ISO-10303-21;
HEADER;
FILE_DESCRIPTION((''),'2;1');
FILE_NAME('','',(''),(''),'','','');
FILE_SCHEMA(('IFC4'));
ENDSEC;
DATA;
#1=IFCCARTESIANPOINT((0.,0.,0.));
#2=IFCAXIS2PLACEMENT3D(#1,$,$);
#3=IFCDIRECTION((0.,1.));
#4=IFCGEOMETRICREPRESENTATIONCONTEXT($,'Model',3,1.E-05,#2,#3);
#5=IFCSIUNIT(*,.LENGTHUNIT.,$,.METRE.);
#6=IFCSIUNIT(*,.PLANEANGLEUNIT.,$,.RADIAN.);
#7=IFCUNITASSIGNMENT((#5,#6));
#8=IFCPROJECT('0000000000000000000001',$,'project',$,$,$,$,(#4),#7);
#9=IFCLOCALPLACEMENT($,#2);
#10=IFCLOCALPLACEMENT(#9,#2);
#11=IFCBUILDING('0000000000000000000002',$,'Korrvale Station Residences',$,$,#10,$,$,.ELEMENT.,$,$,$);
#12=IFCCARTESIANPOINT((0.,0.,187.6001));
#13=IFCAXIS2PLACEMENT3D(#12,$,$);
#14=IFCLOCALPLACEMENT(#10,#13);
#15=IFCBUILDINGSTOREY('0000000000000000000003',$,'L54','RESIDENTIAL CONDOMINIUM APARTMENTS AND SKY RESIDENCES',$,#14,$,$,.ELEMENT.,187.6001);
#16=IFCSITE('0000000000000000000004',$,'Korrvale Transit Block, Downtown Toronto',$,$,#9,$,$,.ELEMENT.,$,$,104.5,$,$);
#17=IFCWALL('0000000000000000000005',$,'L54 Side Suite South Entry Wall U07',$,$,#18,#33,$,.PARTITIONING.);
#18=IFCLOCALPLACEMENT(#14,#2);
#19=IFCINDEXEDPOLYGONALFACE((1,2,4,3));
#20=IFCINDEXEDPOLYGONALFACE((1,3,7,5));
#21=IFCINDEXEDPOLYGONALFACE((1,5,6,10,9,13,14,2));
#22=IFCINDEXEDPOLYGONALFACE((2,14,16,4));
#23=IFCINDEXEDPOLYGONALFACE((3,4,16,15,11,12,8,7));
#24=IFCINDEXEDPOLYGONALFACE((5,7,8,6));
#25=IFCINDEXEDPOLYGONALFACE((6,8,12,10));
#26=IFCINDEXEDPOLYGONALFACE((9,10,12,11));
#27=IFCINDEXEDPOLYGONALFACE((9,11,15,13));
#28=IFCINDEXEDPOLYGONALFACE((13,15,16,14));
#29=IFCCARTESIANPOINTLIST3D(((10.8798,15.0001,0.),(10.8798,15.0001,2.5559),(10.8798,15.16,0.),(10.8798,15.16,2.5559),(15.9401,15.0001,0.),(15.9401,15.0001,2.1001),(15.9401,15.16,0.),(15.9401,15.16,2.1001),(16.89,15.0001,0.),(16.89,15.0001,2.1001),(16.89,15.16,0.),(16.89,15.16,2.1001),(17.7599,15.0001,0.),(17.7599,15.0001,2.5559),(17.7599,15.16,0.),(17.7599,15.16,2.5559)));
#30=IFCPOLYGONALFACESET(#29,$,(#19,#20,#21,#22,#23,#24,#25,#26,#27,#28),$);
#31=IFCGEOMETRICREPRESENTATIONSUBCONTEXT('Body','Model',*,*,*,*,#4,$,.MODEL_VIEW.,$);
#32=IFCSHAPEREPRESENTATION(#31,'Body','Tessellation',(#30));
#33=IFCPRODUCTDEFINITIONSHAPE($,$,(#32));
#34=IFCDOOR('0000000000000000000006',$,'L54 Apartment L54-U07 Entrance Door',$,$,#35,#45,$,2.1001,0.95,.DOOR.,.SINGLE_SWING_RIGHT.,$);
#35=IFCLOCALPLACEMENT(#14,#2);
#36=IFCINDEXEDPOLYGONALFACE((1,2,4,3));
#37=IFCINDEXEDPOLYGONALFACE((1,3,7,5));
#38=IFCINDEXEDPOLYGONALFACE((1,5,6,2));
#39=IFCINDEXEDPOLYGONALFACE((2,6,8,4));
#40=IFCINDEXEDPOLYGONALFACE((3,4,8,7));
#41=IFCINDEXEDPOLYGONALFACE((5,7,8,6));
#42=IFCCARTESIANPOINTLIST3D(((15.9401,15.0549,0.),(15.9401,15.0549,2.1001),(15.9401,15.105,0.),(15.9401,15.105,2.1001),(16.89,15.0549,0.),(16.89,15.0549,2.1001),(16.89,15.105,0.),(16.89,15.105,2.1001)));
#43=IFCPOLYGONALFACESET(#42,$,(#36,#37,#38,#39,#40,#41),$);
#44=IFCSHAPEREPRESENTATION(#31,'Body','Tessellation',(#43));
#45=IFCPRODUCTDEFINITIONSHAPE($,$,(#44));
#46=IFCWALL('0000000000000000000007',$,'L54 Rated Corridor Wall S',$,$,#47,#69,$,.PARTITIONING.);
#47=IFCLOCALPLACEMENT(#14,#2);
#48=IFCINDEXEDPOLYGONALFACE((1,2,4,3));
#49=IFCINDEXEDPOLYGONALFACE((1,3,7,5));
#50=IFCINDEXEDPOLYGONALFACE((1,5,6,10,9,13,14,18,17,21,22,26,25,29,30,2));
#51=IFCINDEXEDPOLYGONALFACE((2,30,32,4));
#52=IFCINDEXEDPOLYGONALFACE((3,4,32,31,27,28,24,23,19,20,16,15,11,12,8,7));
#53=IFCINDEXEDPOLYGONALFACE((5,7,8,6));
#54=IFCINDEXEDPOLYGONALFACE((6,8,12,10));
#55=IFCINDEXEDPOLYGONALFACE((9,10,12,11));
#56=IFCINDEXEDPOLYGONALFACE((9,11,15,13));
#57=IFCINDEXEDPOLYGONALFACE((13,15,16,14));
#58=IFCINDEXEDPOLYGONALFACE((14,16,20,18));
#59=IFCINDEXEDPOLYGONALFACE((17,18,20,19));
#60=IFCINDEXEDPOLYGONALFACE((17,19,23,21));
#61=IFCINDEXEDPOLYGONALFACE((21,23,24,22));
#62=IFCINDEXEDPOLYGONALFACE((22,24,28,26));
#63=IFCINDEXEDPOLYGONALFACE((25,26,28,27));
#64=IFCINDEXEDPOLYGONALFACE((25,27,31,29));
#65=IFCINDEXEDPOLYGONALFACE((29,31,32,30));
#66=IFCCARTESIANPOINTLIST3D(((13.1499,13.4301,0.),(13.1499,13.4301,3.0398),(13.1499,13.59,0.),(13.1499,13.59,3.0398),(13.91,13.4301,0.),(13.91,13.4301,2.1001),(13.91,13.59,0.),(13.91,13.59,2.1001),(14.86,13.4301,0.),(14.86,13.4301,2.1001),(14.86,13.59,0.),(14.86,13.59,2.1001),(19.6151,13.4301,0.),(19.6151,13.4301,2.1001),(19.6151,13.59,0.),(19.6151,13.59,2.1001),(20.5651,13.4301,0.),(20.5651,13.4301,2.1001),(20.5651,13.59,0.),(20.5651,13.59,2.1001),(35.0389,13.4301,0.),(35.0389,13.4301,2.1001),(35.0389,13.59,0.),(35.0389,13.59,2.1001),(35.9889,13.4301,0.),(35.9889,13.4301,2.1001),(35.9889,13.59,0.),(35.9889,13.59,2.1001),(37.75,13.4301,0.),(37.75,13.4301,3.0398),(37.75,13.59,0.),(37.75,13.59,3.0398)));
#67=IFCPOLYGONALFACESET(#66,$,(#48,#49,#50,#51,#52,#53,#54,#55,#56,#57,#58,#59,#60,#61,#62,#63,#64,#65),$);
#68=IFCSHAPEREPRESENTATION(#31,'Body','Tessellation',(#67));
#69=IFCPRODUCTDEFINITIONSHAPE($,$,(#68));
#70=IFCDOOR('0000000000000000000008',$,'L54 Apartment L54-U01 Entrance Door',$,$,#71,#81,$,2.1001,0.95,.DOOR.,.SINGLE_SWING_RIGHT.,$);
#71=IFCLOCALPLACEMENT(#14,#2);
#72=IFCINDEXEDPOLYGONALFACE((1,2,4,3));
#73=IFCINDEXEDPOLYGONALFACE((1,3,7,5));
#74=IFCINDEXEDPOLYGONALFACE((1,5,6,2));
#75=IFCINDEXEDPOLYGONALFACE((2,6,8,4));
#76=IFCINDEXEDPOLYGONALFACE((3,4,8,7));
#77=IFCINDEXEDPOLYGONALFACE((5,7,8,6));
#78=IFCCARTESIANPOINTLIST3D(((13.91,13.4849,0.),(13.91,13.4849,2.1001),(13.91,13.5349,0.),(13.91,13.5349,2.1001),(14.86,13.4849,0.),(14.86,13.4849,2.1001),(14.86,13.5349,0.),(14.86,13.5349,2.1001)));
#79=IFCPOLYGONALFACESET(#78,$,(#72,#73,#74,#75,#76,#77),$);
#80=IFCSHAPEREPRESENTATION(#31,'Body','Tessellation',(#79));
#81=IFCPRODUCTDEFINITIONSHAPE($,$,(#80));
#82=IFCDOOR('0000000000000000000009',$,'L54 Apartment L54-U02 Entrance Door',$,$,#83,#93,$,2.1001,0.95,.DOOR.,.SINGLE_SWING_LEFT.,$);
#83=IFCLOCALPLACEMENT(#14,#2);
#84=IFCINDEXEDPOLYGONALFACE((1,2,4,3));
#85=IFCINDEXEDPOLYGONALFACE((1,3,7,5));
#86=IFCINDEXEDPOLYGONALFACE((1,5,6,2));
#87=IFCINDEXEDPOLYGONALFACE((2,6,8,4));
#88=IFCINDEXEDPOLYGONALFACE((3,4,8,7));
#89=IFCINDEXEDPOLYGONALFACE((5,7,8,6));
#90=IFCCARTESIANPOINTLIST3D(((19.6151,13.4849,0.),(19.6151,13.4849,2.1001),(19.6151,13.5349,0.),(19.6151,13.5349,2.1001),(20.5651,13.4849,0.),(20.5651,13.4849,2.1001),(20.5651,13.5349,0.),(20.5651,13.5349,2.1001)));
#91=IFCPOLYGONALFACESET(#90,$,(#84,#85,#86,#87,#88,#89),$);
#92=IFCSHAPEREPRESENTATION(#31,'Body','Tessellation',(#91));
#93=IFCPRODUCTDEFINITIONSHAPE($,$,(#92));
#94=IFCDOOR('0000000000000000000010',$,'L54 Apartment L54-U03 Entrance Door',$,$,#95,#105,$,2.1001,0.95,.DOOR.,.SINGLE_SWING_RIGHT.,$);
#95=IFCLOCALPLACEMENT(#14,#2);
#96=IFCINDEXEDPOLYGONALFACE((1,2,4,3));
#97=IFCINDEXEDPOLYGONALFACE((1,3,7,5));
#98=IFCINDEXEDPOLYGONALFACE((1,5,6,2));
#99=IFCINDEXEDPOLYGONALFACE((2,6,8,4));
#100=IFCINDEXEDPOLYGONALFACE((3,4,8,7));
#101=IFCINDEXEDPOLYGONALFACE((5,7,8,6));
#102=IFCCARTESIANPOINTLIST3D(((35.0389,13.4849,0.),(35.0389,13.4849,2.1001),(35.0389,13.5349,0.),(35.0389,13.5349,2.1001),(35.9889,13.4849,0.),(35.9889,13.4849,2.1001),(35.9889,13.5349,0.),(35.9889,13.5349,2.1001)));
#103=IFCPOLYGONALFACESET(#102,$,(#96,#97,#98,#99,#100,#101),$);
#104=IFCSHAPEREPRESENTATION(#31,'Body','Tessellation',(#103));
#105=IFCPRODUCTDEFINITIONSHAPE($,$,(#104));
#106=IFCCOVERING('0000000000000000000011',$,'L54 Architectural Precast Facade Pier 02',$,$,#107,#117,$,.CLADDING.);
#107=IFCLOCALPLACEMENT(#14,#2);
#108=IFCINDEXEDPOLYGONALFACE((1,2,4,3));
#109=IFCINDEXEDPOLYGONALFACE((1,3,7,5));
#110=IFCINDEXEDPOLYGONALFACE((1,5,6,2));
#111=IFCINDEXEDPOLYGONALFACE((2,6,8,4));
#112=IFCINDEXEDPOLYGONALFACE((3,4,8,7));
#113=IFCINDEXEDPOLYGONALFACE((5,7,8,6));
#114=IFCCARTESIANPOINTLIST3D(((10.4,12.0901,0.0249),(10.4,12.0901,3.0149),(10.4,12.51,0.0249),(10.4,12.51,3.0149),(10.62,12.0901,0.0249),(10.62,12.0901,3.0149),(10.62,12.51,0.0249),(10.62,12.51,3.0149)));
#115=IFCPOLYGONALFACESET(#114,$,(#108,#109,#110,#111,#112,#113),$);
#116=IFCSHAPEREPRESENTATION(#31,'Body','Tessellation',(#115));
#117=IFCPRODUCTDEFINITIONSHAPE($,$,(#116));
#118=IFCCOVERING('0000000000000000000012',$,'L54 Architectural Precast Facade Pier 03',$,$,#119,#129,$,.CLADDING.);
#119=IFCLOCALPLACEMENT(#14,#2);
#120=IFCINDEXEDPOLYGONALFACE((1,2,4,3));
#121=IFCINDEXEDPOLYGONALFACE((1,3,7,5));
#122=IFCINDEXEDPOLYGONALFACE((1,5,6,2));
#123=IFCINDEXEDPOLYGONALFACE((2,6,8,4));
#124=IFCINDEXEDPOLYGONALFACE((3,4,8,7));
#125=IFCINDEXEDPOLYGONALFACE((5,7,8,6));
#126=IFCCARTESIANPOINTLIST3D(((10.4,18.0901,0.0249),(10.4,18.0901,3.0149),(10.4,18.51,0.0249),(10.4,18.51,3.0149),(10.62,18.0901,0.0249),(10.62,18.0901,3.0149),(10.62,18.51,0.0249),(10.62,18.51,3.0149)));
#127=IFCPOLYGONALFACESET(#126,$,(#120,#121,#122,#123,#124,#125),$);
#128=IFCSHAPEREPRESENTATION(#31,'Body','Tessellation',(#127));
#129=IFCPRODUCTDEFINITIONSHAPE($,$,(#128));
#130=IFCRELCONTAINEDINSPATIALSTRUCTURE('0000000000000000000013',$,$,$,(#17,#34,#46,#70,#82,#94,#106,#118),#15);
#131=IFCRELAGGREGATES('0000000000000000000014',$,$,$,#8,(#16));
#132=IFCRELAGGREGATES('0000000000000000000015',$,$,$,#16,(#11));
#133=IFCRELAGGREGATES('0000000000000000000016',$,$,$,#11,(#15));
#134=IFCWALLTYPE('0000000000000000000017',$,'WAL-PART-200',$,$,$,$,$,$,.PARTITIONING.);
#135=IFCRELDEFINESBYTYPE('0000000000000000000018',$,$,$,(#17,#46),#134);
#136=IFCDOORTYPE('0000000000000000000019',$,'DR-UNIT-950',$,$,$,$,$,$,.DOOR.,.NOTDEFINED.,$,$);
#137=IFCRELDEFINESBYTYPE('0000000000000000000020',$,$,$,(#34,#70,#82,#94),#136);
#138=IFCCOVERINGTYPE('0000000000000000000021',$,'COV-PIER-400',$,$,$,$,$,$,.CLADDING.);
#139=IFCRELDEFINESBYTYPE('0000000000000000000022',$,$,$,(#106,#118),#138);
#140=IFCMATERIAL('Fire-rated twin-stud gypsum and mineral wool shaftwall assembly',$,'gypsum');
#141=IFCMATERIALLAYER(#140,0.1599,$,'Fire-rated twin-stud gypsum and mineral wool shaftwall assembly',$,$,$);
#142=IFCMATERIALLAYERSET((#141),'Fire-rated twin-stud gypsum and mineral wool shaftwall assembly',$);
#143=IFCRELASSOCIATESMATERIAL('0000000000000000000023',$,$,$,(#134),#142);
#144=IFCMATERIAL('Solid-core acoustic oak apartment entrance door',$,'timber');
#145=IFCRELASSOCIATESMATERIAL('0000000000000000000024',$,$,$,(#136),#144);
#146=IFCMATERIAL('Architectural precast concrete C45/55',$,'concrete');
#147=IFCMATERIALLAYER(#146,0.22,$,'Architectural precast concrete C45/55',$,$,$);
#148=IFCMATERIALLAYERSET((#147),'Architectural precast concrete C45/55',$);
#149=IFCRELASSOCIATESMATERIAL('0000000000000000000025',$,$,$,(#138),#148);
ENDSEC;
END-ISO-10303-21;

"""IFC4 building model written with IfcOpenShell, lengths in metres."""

from ifc_helpers import new_model, si_unit, direction, frame, frame_2d, origin, origin_2d, place, context, subcontext, project, spatial, rectangle, extrude, material, layer, layer_set, type_object, element, fill, save


model = new_model("IFC4")

# Units and contexts
model_context = context("Model", 3, precision=1e-05, world=origin(), true_north=direction((0.0, 1.0)))
body_context = subcontext(model_context, "Body", "Model", "MODEL_VIEW")
ifc_project = project(units=[si_unit("LENGTHUNIT", "METRE"), si_unit("PLANEANGLEUNIT", "RADIAN")], contexts=[model_context])

# Site, building, storey
site_placement = place(None, origin())
site = spatial("IfcSite", under=ifc_project, at=site_placement, Name="Korrvale Transit Block, Downtown Toronto", CompositionType="ELEMENT", RefElevation=104.5)
building_placement = place(site_placement, origin())
building = spatial("IfcBuilding", under=site, at=building_placement, Name="Korrvale Station Residences", CompositionType="ELEMENT")
storey_placement = place(building_placement, frame((0.0, 0.0, 187.6001)))
storey = spatial("IfcBuildingStorey", under=building, at=storey_placement, Name="L54", Description="RESIDENTIAL CONDOMINIUM APARTMENTS AND SKY RESIDENCES", CompositionType="ELEMENT", Elevation=187.6001)

# Shared definitions
ifc_material_1 = material(Name="Fire-rated twin-stud gypsum and mineral wool shaftwall assembly", Category="gypsum")
ifc_layer_1 = layer(ifc_material_1, 0.1599, Name="Fire-rated twin-stud gypsum and mineral wool shaftwall assembly")
ifc_layer_set_1 = layer_set([ifc_layer_1], Name="Fire-rated twin-stud gypsum and mineral wool shaftwall assembly")
wall_type_1 = type_object("IfcWallType", Name="WAL-PART-200", PredefinedType="PARTITIONING", material=ifc_layer_set_1)

# Wall, opening, door
wall_1_placement = place(storey_placement, frame((10.8799, 15.0801, 0.0), z_axis=(0.0, 0.0, 1.0), x_axis=(1.0, 0.0, 0.0)))
wall_1 = element("IfcWall", 1, at=wall_1_placement, inside=storey, type_object=wall_type_1, Name="L54 Side Suite South Entry Wall U07", PredefinedType="PARTITIONING", context=body_context, shape_type="SweptSolid", body=[
    extrude(rectangle(XDim=6.8801, YDim=0.1599, at=frame_2d((3.4399, 0.0))), origin(), (0.0, 0.0, 1.0), 2.5559),
])
opening_1_placement = place(wall_1_placement, frame((5.0601, 0.0, 0.0)))
opening_1 = element("IfcOpeningElement", 2, at=opening_1_placement, cuts=wall_1, PredefinedType="OPENING", context=body_context, shape_type="SweptSolid", body=[
    extrude(rectangle(XDim=0.95, YDim=2.1001, at=frame_2d((0.4751, 1.05))), frame((0.0, 0.0898, 0.0), z_axis=(0.0, -1.0, 0.0), x_axis=(1.0, 0.0, 0.0)), (0.0, 0.0, 1.0), 0.1799),
])
ifc_material_2 = material(Name="Solid-core acoustic oak apartment entrance door", Category="timber")
door_type_1 = type_object("IfcDoorType", Name="DR-UNIT-950", OperationType="NOTDEFINED", PredefinedType="DOOR", material=ifc_material_2)
door_1_placement = place(opening_1_placement, origin())
door_1 = element("IfcDoor", 3, at=door_1_placement, inside=storey, type_object=door_type_1, Name="L54 Apartment L54-U07 Entrance Door", OperationType="SINGLE_SWING_RIGHT", OverallHeight=2.1001, OverallWidth=0.95, PredefinedType="DOOR", context=body_context, shape_type="SweptSolid", body=[
    extrude(rectangle(XDim=0.95, YDim=2.1001, at=frame_2d((0.4751, 1.05))), frame((0.0, 0.0249, 0.0), z_axis=(0.0, -1.0, 0.0), x_axis=(1.0, 0.0, 0.0)), (0.0, 0.0, 1.0), 0.05),
])
fill(opening_1, door_1)

# Wall, openings, doors
wall_2_placement = place(storey_placement, frame((13.1499, 13.51, 0.0), z_axis=(0.0, 0.0, 1.0), x_axis=(1.0, 0.0, 0.0)))
wall_2 = element("IfcWall", 4, at=wall_2_placement, inside=storey, type_object=wall_type_1, Name="L54 Rated Corridor Wall S", PredefinedType="PARTITIONING", context=body_context, shape_type="SweptSolid", body=[
    extrude(rectangle(XDim=24.6001, YDim=0.1599, at=frame_2d((12.3, 0.0))), origin(), (0.0, 0.0, 1.0), 3.0398),
])
opening_2_placement = place(wall_2_placement, frame((0.76, 0.0, 0.0)))
opening_2 = element("IfcOpeningElement", 5, at=opening_2_placement, cuts=wall_2, PredefinedType="OPENING", context=body_context, shape_type="SweptSolid", body=[
    extrude(rectangle(XDim=0.95, YDim=2.1001, at=frame_2d((0.4751, 1.05))), frame((0.0, 0.0898, 0.0), z_axis=(0.0, -1.0, 0.0), x_axis=(1.0, 0.0, 0.0)), (0.0, 0.0, 1.0), 0.1799),
])
opening_3_placement = place(wall_2_placement, frame((6.4651, 0.0, 0.0)))
opening_3 = element("IfcOpeningElement", 6, at=opening_3_placement, cuts=wall_2, PredefinedType="OPENING", context=body_context, shape_type="SweptSolid", body=[
    extrude(rectangle(XDim=0.95, YDim=2.1001, at=frame_2d((0.4751, 1.05))), frame((0.0, 0.0898, 0.0), z_axis=(0.0, -1.0, 0.0), x_axis=(1.0, 0.0, 0.0)), (0.0, 0.0, 1.0), 0.1799),
])
opening_4_placement = place(wall_2_placement, frame((21.8889, 0.0, 0.0)))
opening_4 = element("IfcOpeningElement", 7, at=opening_4_placement, cuts=wall_2, PredefinedType="OPENING", context=body_context, shape_type="SweptSolid", body=[
    extrude(rectangle(XDim=0.95, YDim=2.1001, at=frame_2d((0.4751, 1.05))), frame((0.0, 0.0898, 0.0), z_axis=(0.0, -1.0, 0.0), x_axis=(1.0, 0.0, 0.0)), (0.0, 0.0, 1.0), 0.1799),
])
door_2_placement = place(opening_2_placement, origin())
door_2 = element("IfcDoor", 8, at=door_2_placement, inside=storey, type_object=door_type_1, Name="L54 Apartment L54-U01 Entrance Door", OperationType="SINGLE_SWING_RIGHT", OverallHeight=2.1001, OverallWidth=0.95, PredefinedType="DOOR", context=body_context, shape_type="SweptSolid", body=[
    extrude(rectangle(XDim=0.95, YDim=2.1001, at=frame_2d((0.4751, 1.05))), frame((0.0, 0.0249, 0.0), z_axis=(0.0, -1.0, 0.0), x_axis=(1.0, 0.0, 0.0)), (0.0, 0.0, 1.0), 0.05),
])
fill(opening_2, door_2)
door_3_placement = place(opening_3_placement, origin())
door_3 = element("IfcDoor", 9, at=door_3_placement, inside=storey, type_object=door_type_1, Name="L54 Apartment L54-U02 Entrance Door", OperationType="SINGLE_SWING_LEFT", OverallHeight=2.1001, OverallWidth=0.95, PredefinedType="DOOR", context=body_context, shape_type="SweptSolid", body=[
    extrude(rectangle(XDim=0.95, YDim=2.1001, at=frame_2d((0.4751, 1.05))), frame((0.0, 0.0249, 0.0), z_axis=(0.0, -1.0, 0.0), x_axis=(1.0, 0.0, 0.0)), (0.0, 0.0, 1.0), 0.05),
])
fill(opening_3, door_3)
door_4_placement = place(opening_4_placement, origin())
door_4 = element("IfcDoor", 10, at=door_4_placement, inside=storey, type_object=door_type_1, Name="L54 Apartment L54-U03 Entrance Door", OperationType="SINGLE_SWING_RIGHT", OverallHeight=2.1001, OverallWidth=0.95, PredefinedType="DOOR", context=body_context, shape_type="SweptSolid", body=[
    extrude(rectangle(XDim=0.95, YDim=2.1001, at=frame_2d((0.4751, 1.05))), frame((0.0, 0.0249, 0.0), z_axis=(0.0, -1.0, 0.0), x_axis=(1.0, 0.0, 0.0)), (0.0, 0.0, 1.0), 0.05),
])
fill(opening_4, door_4)

# Coverings
ifc_material_3 = material(Name="Architectural precast concrete C45/55", Category="concrete")
ifc_layer_2 = layer(ifc_material_3, 0.22, Name="Architectural precast concrete C45/55")
ifc_layer_set_2 = layer_set([ifc_layer_2], Name="Architectural precast concrete C45/55")
covering_type = type_object("IfcCoveringType", Name="COV-PIER-400", PredefinedType="CLADDING", material=ifc_layer_set_2)
for number, where, z_axis, x_axis, name in (
    (11, (10.51, 12.3, 0.0249), (0.0, 0.0, 1.0), (0.0, 1.0, 0.0), "L54 Architectural Precast Facade Pier 02"),
    (12, (10.51, 18.3, 0.0249), (0.0, 0.0, 1.0), (0.0, 1.0, 0.0), "L54 Architectural Precast Facade Pier 03"),
):
    element("IfcCovering", number, at=place(storey_placement, frame(where, z_axis=z_axis, x_axis=x_axis)), inside=storey, type_object=covering_type, Name=name, PredefinedType="CLADDING", context=body_context, shape_type="SweptSolid", body=[
        extrude(rectangle(XDim=0.4199, YDim=0.22, at=origin_2d()), origin(), (0.0, 0.0, 1.0), 2.99),
    ])

save(model, "model.ifc")
